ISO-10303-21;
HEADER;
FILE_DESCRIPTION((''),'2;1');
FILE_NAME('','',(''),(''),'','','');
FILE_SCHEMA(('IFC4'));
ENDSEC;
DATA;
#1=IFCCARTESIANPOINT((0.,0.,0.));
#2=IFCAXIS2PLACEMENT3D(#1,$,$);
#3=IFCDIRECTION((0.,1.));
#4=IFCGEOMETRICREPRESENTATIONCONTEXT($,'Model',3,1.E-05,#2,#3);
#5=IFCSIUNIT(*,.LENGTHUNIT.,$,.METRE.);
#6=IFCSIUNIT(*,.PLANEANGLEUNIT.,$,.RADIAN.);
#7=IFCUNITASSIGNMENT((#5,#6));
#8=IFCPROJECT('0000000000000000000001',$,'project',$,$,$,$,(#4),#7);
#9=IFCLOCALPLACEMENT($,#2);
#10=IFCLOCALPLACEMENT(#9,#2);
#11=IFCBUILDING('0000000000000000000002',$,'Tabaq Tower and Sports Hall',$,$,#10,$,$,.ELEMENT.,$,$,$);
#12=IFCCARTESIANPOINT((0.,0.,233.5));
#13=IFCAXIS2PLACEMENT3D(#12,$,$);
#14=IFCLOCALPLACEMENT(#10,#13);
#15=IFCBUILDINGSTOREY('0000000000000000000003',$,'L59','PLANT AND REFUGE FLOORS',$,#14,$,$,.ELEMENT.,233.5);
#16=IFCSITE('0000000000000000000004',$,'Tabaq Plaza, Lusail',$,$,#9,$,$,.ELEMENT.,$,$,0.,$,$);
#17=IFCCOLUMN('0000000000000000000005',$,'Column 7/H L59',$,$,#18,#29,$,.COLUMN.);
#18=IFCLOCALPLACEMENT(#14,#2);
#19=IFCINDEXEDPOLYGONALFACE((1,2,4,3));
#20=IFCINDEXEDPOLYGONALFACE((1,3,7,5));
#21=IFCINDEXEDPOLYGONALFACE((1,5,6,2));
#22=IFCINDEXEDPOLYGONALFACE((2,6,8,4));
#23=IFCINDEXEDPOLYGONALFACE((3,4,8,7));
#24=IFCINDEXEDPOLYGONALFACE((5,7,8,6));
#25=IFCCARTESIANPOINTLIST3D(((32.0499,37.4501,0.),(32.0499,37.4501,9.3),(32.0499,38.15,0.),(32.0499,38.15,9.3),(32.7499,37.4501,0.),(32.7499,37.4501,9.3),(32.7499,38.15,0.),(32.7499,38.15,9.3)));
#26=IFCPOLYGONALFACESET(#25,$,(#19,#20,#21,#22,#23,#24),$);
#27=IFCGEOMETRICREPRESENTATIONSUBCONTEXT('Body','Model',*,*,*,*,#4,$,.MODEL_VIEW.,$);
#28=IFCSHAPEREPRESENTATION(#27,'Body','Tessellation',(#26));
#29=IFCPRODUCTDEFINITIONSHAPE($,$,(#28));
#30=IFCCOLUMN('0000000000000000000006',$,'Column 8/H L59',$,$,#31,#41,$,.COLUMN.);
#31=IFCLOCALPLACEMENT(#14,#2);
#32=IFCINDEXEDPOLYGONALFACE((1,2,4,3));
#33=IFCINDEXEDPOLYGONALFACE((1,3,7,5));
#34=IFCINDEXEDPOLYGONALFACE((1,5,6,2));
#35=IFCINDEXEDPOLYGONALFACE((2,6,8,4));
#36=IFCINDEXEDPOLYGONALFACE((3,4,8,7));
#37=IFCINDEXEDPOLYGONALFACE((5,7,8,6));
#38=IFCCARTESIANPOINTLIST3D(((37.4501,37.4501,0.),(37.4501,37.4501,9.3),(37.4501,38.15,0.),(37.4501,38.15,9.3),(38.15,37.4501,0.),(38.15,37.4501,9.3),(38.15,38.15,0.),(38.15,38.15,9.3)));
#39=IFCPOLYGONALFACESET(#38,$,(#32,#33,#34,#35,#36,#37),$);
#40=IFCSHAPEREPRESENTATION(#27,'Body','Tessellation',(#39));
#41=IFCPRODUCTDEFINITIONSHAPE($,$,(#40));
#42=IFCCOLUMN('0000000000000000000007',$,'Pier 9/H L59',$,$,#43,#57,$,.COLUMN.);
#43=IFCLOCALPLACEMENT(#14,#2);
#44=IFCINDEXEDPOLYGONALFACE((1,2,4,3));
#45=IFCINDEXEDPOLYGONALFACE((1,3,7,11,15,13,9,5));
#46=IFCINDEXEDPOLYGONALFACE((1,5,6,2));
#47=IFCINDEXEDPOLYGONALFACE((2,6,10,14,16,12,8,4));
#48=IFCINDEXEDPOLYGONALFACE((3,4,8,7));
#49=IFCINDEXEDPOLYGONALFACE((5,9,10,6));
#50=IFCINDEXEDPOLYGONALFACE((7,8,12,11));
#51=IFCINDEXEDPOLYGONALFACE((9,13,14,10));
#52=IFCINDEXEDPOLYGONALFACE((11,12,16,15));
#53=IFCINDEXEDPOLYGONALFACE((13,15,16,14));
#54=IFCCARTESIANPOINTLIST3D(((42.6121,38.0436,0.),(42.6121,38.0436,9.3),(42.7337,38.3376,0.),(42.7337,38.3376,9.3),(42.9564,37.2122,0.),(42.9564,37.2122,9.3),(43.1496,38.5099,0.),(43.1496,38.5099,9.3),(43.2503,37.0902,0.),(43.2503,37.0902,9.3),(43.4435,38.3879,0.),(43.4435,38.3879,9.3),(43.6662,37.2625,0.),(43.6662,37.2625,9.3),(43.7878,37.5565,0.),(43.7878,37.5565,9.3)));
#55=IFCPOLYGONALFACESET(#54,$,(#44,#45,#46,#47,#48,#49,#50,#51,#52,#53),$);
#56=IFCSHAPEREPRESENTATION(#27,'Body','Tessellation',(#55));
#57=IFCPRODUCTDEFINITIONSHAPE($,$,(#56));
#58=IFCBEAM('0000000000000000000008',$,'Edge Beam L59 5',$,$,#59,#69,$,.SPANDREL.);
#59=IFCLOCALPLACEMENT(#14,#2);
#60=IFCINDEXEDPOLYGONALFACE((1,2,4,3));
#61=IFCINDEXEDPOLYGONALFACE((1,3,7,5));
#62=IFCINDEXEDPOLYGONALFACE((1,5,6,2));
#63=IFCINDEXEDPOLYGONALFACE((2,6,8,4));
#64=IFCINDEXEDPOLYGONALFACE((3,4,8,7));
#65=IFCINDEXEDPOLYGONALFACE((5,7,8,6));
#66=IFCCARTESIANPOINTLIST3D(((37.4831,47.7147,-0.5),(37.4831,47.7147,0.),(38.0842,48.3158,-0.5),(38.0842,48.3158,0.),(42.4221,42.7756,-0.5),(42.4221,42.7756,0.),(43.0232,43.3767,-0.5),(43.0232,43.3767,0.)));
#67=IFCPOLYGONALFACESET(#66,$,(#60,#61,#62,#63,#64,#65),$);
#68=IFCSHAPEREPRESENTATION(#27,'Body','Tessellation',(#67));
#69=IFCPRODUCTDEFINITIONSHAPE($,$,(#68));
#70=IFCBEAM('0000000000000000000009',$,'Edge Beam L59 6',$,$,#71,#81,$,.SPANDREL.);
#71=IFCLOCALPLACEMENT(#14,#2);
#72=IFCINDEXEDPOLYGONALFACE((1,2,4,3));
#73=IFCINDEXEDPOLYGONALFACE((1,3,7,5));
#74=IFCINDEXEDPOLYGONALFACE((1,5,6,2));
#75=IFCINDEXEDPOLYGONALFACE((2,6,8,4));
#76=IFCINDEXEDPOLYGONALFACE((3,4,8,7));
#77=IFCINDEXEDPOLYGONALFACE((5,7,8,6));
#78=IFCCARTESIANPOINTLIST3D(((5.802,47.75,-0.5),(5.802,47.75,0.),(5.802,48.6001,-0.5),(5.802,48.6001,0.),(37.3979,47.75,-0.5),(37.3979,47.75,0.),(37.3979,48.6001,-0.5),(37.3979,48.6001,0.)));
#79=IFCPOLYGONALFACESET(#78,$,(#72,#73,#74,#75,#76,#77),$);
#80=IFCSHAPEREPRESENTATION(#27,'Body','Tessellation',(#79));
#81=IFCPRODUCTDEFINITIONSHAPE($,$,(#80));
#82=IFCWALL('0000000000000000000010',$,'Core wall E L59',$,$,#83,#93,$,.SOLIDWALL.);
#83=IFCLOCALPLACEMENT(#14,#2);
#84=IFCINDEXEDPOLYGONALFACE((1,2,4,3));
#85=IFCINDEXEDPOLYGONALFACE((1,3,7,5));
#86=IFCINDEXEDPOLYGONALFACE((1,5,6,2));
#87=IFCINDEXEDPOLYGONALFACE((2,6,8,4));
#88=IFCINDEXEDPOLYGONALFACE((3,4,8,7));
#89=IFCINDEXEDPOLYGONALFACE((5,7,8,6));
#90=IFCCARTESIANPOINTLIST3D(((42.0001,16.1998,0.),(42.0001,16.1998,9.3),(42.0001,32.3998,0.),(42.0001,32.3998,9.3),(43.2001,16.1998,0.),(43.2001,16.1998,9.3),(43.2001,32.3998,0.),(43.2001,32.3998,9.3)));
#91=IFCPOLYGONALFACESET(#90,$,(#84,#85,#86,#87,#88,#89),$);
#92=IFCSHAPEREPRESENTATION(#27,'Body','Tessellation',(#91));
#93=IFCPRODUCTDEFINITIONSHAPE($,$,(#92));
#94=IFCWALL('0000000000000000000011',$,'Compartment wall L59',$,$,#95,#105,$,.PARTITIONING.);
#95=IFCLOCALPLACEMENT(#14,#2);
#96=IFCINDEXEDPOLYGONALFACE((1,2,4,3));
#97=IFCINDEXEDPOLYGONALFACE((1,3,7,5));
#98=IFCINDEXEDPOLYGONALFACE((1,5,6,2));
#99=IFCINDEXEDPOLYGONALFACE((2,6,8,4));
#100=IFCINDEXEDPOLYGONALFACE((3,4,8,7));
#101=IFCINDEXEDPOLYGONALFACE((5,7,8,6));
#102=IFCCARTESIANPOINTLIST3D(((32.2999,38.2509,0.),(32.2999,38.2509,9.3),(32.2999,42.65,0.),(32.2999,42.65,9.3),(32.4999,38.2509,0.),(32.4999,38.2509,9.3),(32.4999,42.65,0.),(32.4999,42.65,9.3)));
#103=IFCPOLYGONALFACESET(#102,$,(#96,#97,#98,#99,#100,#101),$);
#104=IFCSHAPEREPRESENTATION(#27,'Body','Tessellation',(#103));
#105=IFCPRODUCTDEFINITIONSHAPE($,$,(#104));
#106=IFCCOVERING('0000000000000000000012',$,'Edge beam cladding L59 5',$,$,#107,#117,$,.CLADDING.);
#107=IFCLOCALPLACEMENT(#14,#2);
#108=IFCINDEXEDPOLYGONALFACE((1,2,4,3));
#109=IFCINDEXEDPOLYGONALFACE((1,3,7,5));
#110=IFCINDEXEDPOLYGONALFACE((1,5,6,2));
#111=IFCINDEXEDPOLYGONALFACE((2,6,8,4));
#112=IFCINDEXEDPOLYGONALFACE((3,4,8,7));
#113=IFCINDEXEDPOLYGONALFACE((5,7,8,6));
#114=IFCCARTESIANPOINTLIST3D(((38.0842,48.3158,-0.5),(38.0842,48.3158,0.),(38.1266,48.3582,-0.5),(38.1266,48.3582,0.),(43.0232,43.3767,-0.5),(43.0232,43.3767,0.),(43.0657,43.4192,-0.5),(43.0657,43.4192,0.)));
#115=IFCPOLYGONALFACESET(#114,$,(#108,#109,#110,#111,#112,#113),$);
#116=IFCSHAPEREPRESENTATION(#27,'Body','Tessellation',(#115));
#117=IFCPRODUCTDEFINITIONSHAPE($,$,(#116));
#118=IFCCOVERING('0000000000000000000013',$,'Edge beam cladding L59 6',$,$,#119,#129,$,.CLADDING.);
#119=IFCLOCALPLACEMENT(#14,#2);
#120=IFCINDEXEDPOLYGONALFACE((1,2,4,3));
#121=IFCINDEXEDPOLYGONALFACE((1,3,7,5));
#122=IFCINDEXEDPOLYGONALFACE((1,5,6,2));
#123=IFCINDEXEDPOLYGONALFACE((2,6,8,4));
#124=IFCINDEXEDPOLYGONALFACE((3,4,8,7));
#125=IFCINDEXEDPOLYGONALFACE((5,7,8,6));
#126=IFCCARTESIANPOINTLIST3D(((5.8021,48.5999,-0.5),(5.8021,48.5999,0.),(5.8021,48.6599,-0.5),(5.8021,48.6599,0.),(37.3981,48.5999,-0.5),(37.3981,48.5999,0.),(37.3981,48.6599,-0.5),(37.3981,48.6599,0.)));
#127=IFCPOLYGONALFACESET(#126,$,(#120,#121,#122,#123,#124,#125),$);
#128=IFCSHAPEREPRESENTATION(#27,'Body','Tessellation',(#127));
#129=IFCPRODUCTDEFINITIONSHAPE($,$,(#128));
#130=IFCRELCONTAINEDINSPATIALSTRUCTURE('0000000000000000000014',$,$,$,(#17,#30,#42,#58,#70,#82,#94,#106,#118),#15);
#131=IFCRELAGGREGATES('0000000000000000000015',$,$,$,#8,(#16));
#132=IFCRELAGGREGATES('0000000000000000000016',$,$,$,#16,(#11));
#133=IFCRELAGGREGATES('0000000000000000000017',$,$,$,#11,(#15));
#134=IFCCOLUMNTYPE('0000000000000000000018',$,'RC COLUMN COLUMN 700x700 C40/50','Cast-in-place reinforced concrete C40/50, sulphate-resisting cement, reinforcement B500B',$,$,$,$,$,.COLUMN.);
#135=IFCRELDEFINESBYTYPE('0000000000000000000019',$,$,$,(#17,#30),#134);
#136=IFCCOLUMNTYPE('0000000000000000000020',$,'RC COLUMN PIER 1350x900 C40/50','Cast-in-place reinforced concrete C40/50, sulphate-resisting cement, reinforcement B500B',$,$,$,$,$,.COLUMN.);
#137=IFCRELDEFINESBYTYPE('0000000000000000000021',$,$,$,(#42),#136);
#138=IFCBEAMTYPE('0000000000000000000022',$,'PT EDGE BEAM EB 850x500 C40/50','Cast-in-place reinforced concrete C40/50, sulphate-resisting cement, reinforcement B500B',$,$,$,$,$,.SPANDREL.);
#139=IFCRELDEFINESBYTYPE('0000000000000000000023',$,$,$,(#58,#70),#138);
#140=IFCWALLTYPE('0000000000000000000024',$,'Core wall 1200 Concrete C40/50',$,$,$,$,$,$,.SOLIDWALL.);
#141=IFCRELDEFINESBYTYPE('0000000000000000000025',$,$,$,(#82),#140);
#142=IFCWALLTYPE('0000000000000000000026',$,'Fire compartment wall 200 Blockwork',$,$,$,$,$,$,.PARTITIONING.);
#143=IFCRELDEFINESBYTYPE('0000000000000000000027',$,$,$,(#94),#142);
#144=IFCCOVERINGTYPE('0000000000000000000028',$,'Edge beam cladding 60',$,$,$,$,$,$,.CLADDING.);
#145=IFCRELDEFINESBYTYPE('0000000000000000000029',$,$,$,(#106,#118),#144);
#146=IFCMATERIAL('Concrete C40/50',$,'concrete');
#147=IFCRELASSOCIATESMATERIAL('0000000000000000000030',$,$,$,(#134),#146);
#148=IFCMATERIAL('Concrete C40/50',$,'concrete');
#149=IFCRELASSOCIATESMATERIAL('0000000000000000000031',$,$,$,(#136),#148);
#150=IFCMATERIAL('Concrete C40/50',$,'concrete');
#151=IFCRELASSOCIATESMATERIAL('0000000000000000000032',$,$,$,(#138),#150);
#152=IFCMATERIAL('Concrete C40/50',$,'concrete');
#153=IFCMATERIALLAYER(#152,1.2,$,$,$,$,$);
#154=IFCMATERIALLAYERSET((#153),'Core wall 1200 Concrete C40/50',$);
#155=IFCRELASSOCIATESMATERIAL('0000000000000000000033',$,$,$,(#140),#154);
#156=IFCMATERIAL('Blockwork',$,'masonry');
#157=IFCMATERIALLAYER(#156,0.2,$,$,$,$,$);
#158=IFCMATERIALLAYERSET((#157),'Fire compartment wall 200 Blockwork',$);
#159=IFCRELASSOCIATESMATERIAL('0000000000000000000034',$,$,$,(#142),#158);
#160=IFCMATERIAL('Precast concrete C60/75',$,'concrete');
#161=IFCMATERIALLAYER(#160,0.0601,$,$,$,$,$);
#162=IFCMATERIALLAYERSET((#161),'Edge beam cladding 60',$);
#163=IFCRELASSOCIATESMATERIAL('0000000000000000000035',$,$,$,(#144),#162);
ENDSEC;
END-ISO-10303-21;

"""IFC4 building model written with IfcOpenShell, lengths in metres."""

from ifc_helpers import new_model, si_unit, direction, frame, frame_2d, origin, origin_2d, place, context, subcontext, project, spatial, polyline, rectangle, outline, extrude, material, layer, layer_set, material_profile, profile_set, type_object, element, save


model = new_model("IFC4")

# Units and contexts
model_context = context("Model", 3, precision=1e-05, world=origin(), true_north=direction((0.0, 1.0)))
body_context = subcontext(model_context, "Body", "Model", "MODEL_VIEW")
ifc_project = project(units=[si_unit("LENGTHUNIT", "METRE"), si_unit("PLANEANGLEUNIT", "RADIAN")], contexts=[model_context])

# Site, building, storey
site_placement = place(None, origin())
site = spatial("IfcSite", under=ifc_project, at=site_placement, Name="Tabaq Plaza, Lusail", CompositionType="ELEMENT", RefElevation=0.0)
building_placement = place(site_placement, origin())
building = spatial("IfcBuilding", under=site, at=building_placement, Name="Tabaq Tower and Sports Hall", CompositionType="ELEMENT")
storey_placement = place(building_placement, frame((0.0, 0.0, 233.5)))
storey = spatial("IfcBuildingStorey", under=building, at=storey_placement, Name="L59", Description="PLANT AND REFUGE FLOORS", CompositionType="ELEMENT", Elevation=233.5)

# Columns
ifc_material_1 = material(Name="Concrete C40/50", Category="concrete")
ifc_material_profile_1 = material_profile(ifc_material_1, rectangle(XDim=0.7, YDim=0.7, at=origin_2d()), Name="COLUMN 700x700")
ifc_profile_set_1 = profile_set([ifc_material_profile_1], Name="Concrete C40/50")
column_type_1 = type_object("IfcColumnType", Name="RC COLUMN COLUMN 700x700 C40/50", Description="Cast-in-place reinforced concrete C40/50, sulphate-resisting cement, reinforcement B500B", PredefinedType="COLUMN", material=ifc_profile_set_1)
for number, where, z_axis, x_axis, name in (
    (1, (32.3999, 37.8, 0.0), (0.0, 0.0, 1.0), (1.0, 0.0, 0.0), "Column 7/H L59"),
    (2, (37.8, 37.8, 0.0), (0.0, 0.0, 1.0), (1.0, 0.0, 0.0), "Column 8/H L59"),
):
    element("IfcColumn", number, at=place(storey_placement, frame(where, z_axis=z_axis, x_axis=x_axis)), inside=storey, type_object=column_type_1, Name=name, PredefinedType="COLUMN", context=body_context, shape_type="SweptSolid", body=[
        extrude(rectangle(XDim=0.7, YDim=0.7, at=origin_2d()), origin(), (0.0, 0.0, 1.0), 9.3),
    ])
ifc_material_2 = material(Name="Concrete C40/50", Category="concrete")
ifc_material_profile_2 = material_profile(ifc_material_2, outline(polyline([(-0.45, -0.45), (0.45, -0.45), (0.675, -0.2251), (0.675, 0.2251), (0.45, 0.45), (-0.45, 0.45), (-0.675, 0.2251), (-0.675, -0.2251), (-0.45, -0.45)])), Name="PIER 1350x900")
ifc_profile_set_2 = profile_set([ifc_material_profile_2], Name="Concrete C40/50")
column_type_2 = type_object("IfcColumnType", Name="RC COLUMN PIER 1350x900 C40/50", Description="Cast-in-place reinforced concrete C40/50, sulphate-resisting cement, reinforcement B500B", PredefinedType="COLUMN", material=ifc_profile_set_2)
column_placement = place(storey_placement, frame((43.2, 37.8, 0.0), z_axis=(0.0, 0.0, 1.0), x_axis=(-0.382683, 0.92388, 0.0)))
element("IfcColumn", 3, at=column_placement, inside=storey, type_object=column_type_2, Name="Pier 9/H L59", PredefinedType="COLUMN", context=body_context, shape_type="SweptSolid", body=[
    extrude(outline(polyline([(-0.45, -0.45), (0.45, -0.45), (0.675, -0.2251), (0.675, 0.2251), (0.45, 0.45), (-0.45, 0.45), (-0.675, 0.2251), (-0.675, -0.2251), (-0.45, -0.45)])), origin(), (0.0, 0.0, 1.0), 9.3),
])

# Beams
ifc_material_3 = material(Name="Concrete C40/50", Category="concrete")
ifc_material_profile_3 = material_profile(ifc_material_3, rectangle(XDim=0.8501, YDim=0.5, at=origin_2d()), Name="EB 850x500")
ifc_profile_set_3 = profile_set([ifc_material_profile_3], Name="Concrete C40/50")
beam_type = type_object("IfcBeamType", Name="PT EDGE BEAM EB 850x500 C40/50", Description="Cast-in-place reinforced concrete C40/50, sulphate-resisting cement, reinforcement B500B", PredefinedType="SPANDREL", material=ifc_profile_set_3)
beam_1_placement = place(storey_placement, frame((42.7227, 43.0762, -0.25), z_axis=(-0.707107, 0.707107, 0.0), x_axis=(-0.707107, -0.707107, 0.0)))
element("IfcBeam", 4, at=beam_1_placement, inside=storey, type_object=beam_type, Name="Edge Beam L59 5", PredefinedType="SPANDREL", context=body_context, shape_type="SweptSolid", body=[
    extrude(rectangle(XDim=0.8501, YDim=0.5, at=origin_2d()), origin(), (0.0, 0.0, 1.0), 6.9849),
])
beam_2_placement = place(storey_placement, frame((37.3979, 48.175, -0.25), z_axis=(-1.0, 0.0, 0.0), x_axis=(0.0, -1.0, 0.0)))
element("IfcBeam", 5, at=beam_2_placement, inside=storey, type_object=beam_type, Name="Edge Beam L59 6", PredefinedType="SPANDREL", context=body_context, shape_type="SweptSolid", body=[
    extrude(rectangle(XDim=0.8501, YDim=0.5, at=origin_2d()), origin(), (0.0, 0.0, 1.0), 31.5959),
])

# Wall
ifc_material_4 = material(Name="Concrete C40/50", Category="concrete")
ifc_layer_1 = layer(ifc_material_4, 1.2)
ifc_layer_set_1 = layer_set([ifc_layer_1], Name="Core wall 1200 Concrete C40/50")
wall_type_1 = type_object("IfcWallType", Name="Core wall 1200 Concrete C40/50", PredefinedType="SOLIDWALL", material=ifc_layer_set_1)
wall_1_placement = place(storey_placement, frame((42.6001, 32.3999, 0.0), z_axis=(0.0, 0.0, 1.0), x_axis=(0.0, -1.0, 0.0)))
element("IfcWall", 6, at=wall_1_placement, inside=storey, type_object=wall_type_1, Name="Core wall E L59", PredefinedType="SOLIDWALL", context=body_context, shape_type="SweptSolid", body=[
    extrude(rectangle(XDim=16.2, YDim=1.2, at=frame_2d((8.1001, 0.0))), origin(), (0.0, 0.0, 1.0), 9.3),
])

# Shared definitions
ifc_material_5 = material(Name="Blockwork", Category="masonry")
ifc_layer_2 = layer(ifc_material_5, 0.2)
ifc_layer_set_2 = layer_set([ifc_layer_2], Name="Fire compartment wall 200 Blockwork")
wall_type_2 = type_object("IfcWallType", Name="Fire compartment wall 200 Blockwork", PredefinedType="PARTITIONING", material=ifc_layer_set_2)

# Wall
wall_2_placement = place(storey_placement, frame((32.3999, 38.2507, 0.0), z_axis=(0.0, 0.0, 1.0), x_axis=(0.0, 1.0, 0.0)))
element("IfcWall", 7, at=wall_2_placement, inside=storey, type_object=wall_type_2, Name="Compartment wall L59", PredefinedType="PARTITIONING", context=body_context, shape_type="SweptSolid", body=[
    extrude(rectangle(XDim=4.3992, YDim=0.2, at=frame_2d((2.1997, 0.0))), origin(), (0.0, 0.0, 1.0), 9.3),
])

# Coverings
ifc_material_6 = material(Name="Precast concrete C60/75", Category="concrete")
ifc_layer_3 = layer(ifc_material_6, 0.0601)
ifc_layer_set_3 = layer_set([ifc_layer_3], Name="Edge beam cladding 60")
covering_type = type_object("IfcCoveringType", Name="Edge beam cladding 60", PredefinedType="CLADDING", material=ifc_layer_set_3)
covering_1_placement = place(storey_placement, frame((43.0444, 43.3979, -0.5), z_axis=(0.0, 0.0, 1.0), x_axis=(-0.707107, 0.707107, 0.0)))
element("IfcCovering", 8, at=covering_1_placement, inside=storey, type_object=covering_type, Name="Edge beam cladding L59 5", PredefinedType="CLADDING", context=body_context, shape_type="SweptSolid", body=[
    extrude(rectangle(XDim=6.9849, YDim=0.0601, at=frame_2d((3.4924, 0.0))), origin(), (0.0, 0.0, 1.0), 0.5),
])
covering_2_placement = place(storey_placement, frame((37.3979, 48.6299, -0.5), z_axis=(0.0, 0.0, 1.0), x_axis=(-1.0, 0.0, 0.0)))
element("IfcCovering", 9, at=covering_2_placement, inside=storey, type_object=covering_type, Name="Edge beam cladding L59 6", PredefinedType="CLADDING", context=body_context, shape_type="SweptSolid", body=[
    extrude(rectangle(XDim=31.5959, YDim=0.0601, at=frame_2d((15.7979, 0.0))), origin(), (0.0, 0.0, 1.0), 0.5),
])

save(model, "model.ifc")
